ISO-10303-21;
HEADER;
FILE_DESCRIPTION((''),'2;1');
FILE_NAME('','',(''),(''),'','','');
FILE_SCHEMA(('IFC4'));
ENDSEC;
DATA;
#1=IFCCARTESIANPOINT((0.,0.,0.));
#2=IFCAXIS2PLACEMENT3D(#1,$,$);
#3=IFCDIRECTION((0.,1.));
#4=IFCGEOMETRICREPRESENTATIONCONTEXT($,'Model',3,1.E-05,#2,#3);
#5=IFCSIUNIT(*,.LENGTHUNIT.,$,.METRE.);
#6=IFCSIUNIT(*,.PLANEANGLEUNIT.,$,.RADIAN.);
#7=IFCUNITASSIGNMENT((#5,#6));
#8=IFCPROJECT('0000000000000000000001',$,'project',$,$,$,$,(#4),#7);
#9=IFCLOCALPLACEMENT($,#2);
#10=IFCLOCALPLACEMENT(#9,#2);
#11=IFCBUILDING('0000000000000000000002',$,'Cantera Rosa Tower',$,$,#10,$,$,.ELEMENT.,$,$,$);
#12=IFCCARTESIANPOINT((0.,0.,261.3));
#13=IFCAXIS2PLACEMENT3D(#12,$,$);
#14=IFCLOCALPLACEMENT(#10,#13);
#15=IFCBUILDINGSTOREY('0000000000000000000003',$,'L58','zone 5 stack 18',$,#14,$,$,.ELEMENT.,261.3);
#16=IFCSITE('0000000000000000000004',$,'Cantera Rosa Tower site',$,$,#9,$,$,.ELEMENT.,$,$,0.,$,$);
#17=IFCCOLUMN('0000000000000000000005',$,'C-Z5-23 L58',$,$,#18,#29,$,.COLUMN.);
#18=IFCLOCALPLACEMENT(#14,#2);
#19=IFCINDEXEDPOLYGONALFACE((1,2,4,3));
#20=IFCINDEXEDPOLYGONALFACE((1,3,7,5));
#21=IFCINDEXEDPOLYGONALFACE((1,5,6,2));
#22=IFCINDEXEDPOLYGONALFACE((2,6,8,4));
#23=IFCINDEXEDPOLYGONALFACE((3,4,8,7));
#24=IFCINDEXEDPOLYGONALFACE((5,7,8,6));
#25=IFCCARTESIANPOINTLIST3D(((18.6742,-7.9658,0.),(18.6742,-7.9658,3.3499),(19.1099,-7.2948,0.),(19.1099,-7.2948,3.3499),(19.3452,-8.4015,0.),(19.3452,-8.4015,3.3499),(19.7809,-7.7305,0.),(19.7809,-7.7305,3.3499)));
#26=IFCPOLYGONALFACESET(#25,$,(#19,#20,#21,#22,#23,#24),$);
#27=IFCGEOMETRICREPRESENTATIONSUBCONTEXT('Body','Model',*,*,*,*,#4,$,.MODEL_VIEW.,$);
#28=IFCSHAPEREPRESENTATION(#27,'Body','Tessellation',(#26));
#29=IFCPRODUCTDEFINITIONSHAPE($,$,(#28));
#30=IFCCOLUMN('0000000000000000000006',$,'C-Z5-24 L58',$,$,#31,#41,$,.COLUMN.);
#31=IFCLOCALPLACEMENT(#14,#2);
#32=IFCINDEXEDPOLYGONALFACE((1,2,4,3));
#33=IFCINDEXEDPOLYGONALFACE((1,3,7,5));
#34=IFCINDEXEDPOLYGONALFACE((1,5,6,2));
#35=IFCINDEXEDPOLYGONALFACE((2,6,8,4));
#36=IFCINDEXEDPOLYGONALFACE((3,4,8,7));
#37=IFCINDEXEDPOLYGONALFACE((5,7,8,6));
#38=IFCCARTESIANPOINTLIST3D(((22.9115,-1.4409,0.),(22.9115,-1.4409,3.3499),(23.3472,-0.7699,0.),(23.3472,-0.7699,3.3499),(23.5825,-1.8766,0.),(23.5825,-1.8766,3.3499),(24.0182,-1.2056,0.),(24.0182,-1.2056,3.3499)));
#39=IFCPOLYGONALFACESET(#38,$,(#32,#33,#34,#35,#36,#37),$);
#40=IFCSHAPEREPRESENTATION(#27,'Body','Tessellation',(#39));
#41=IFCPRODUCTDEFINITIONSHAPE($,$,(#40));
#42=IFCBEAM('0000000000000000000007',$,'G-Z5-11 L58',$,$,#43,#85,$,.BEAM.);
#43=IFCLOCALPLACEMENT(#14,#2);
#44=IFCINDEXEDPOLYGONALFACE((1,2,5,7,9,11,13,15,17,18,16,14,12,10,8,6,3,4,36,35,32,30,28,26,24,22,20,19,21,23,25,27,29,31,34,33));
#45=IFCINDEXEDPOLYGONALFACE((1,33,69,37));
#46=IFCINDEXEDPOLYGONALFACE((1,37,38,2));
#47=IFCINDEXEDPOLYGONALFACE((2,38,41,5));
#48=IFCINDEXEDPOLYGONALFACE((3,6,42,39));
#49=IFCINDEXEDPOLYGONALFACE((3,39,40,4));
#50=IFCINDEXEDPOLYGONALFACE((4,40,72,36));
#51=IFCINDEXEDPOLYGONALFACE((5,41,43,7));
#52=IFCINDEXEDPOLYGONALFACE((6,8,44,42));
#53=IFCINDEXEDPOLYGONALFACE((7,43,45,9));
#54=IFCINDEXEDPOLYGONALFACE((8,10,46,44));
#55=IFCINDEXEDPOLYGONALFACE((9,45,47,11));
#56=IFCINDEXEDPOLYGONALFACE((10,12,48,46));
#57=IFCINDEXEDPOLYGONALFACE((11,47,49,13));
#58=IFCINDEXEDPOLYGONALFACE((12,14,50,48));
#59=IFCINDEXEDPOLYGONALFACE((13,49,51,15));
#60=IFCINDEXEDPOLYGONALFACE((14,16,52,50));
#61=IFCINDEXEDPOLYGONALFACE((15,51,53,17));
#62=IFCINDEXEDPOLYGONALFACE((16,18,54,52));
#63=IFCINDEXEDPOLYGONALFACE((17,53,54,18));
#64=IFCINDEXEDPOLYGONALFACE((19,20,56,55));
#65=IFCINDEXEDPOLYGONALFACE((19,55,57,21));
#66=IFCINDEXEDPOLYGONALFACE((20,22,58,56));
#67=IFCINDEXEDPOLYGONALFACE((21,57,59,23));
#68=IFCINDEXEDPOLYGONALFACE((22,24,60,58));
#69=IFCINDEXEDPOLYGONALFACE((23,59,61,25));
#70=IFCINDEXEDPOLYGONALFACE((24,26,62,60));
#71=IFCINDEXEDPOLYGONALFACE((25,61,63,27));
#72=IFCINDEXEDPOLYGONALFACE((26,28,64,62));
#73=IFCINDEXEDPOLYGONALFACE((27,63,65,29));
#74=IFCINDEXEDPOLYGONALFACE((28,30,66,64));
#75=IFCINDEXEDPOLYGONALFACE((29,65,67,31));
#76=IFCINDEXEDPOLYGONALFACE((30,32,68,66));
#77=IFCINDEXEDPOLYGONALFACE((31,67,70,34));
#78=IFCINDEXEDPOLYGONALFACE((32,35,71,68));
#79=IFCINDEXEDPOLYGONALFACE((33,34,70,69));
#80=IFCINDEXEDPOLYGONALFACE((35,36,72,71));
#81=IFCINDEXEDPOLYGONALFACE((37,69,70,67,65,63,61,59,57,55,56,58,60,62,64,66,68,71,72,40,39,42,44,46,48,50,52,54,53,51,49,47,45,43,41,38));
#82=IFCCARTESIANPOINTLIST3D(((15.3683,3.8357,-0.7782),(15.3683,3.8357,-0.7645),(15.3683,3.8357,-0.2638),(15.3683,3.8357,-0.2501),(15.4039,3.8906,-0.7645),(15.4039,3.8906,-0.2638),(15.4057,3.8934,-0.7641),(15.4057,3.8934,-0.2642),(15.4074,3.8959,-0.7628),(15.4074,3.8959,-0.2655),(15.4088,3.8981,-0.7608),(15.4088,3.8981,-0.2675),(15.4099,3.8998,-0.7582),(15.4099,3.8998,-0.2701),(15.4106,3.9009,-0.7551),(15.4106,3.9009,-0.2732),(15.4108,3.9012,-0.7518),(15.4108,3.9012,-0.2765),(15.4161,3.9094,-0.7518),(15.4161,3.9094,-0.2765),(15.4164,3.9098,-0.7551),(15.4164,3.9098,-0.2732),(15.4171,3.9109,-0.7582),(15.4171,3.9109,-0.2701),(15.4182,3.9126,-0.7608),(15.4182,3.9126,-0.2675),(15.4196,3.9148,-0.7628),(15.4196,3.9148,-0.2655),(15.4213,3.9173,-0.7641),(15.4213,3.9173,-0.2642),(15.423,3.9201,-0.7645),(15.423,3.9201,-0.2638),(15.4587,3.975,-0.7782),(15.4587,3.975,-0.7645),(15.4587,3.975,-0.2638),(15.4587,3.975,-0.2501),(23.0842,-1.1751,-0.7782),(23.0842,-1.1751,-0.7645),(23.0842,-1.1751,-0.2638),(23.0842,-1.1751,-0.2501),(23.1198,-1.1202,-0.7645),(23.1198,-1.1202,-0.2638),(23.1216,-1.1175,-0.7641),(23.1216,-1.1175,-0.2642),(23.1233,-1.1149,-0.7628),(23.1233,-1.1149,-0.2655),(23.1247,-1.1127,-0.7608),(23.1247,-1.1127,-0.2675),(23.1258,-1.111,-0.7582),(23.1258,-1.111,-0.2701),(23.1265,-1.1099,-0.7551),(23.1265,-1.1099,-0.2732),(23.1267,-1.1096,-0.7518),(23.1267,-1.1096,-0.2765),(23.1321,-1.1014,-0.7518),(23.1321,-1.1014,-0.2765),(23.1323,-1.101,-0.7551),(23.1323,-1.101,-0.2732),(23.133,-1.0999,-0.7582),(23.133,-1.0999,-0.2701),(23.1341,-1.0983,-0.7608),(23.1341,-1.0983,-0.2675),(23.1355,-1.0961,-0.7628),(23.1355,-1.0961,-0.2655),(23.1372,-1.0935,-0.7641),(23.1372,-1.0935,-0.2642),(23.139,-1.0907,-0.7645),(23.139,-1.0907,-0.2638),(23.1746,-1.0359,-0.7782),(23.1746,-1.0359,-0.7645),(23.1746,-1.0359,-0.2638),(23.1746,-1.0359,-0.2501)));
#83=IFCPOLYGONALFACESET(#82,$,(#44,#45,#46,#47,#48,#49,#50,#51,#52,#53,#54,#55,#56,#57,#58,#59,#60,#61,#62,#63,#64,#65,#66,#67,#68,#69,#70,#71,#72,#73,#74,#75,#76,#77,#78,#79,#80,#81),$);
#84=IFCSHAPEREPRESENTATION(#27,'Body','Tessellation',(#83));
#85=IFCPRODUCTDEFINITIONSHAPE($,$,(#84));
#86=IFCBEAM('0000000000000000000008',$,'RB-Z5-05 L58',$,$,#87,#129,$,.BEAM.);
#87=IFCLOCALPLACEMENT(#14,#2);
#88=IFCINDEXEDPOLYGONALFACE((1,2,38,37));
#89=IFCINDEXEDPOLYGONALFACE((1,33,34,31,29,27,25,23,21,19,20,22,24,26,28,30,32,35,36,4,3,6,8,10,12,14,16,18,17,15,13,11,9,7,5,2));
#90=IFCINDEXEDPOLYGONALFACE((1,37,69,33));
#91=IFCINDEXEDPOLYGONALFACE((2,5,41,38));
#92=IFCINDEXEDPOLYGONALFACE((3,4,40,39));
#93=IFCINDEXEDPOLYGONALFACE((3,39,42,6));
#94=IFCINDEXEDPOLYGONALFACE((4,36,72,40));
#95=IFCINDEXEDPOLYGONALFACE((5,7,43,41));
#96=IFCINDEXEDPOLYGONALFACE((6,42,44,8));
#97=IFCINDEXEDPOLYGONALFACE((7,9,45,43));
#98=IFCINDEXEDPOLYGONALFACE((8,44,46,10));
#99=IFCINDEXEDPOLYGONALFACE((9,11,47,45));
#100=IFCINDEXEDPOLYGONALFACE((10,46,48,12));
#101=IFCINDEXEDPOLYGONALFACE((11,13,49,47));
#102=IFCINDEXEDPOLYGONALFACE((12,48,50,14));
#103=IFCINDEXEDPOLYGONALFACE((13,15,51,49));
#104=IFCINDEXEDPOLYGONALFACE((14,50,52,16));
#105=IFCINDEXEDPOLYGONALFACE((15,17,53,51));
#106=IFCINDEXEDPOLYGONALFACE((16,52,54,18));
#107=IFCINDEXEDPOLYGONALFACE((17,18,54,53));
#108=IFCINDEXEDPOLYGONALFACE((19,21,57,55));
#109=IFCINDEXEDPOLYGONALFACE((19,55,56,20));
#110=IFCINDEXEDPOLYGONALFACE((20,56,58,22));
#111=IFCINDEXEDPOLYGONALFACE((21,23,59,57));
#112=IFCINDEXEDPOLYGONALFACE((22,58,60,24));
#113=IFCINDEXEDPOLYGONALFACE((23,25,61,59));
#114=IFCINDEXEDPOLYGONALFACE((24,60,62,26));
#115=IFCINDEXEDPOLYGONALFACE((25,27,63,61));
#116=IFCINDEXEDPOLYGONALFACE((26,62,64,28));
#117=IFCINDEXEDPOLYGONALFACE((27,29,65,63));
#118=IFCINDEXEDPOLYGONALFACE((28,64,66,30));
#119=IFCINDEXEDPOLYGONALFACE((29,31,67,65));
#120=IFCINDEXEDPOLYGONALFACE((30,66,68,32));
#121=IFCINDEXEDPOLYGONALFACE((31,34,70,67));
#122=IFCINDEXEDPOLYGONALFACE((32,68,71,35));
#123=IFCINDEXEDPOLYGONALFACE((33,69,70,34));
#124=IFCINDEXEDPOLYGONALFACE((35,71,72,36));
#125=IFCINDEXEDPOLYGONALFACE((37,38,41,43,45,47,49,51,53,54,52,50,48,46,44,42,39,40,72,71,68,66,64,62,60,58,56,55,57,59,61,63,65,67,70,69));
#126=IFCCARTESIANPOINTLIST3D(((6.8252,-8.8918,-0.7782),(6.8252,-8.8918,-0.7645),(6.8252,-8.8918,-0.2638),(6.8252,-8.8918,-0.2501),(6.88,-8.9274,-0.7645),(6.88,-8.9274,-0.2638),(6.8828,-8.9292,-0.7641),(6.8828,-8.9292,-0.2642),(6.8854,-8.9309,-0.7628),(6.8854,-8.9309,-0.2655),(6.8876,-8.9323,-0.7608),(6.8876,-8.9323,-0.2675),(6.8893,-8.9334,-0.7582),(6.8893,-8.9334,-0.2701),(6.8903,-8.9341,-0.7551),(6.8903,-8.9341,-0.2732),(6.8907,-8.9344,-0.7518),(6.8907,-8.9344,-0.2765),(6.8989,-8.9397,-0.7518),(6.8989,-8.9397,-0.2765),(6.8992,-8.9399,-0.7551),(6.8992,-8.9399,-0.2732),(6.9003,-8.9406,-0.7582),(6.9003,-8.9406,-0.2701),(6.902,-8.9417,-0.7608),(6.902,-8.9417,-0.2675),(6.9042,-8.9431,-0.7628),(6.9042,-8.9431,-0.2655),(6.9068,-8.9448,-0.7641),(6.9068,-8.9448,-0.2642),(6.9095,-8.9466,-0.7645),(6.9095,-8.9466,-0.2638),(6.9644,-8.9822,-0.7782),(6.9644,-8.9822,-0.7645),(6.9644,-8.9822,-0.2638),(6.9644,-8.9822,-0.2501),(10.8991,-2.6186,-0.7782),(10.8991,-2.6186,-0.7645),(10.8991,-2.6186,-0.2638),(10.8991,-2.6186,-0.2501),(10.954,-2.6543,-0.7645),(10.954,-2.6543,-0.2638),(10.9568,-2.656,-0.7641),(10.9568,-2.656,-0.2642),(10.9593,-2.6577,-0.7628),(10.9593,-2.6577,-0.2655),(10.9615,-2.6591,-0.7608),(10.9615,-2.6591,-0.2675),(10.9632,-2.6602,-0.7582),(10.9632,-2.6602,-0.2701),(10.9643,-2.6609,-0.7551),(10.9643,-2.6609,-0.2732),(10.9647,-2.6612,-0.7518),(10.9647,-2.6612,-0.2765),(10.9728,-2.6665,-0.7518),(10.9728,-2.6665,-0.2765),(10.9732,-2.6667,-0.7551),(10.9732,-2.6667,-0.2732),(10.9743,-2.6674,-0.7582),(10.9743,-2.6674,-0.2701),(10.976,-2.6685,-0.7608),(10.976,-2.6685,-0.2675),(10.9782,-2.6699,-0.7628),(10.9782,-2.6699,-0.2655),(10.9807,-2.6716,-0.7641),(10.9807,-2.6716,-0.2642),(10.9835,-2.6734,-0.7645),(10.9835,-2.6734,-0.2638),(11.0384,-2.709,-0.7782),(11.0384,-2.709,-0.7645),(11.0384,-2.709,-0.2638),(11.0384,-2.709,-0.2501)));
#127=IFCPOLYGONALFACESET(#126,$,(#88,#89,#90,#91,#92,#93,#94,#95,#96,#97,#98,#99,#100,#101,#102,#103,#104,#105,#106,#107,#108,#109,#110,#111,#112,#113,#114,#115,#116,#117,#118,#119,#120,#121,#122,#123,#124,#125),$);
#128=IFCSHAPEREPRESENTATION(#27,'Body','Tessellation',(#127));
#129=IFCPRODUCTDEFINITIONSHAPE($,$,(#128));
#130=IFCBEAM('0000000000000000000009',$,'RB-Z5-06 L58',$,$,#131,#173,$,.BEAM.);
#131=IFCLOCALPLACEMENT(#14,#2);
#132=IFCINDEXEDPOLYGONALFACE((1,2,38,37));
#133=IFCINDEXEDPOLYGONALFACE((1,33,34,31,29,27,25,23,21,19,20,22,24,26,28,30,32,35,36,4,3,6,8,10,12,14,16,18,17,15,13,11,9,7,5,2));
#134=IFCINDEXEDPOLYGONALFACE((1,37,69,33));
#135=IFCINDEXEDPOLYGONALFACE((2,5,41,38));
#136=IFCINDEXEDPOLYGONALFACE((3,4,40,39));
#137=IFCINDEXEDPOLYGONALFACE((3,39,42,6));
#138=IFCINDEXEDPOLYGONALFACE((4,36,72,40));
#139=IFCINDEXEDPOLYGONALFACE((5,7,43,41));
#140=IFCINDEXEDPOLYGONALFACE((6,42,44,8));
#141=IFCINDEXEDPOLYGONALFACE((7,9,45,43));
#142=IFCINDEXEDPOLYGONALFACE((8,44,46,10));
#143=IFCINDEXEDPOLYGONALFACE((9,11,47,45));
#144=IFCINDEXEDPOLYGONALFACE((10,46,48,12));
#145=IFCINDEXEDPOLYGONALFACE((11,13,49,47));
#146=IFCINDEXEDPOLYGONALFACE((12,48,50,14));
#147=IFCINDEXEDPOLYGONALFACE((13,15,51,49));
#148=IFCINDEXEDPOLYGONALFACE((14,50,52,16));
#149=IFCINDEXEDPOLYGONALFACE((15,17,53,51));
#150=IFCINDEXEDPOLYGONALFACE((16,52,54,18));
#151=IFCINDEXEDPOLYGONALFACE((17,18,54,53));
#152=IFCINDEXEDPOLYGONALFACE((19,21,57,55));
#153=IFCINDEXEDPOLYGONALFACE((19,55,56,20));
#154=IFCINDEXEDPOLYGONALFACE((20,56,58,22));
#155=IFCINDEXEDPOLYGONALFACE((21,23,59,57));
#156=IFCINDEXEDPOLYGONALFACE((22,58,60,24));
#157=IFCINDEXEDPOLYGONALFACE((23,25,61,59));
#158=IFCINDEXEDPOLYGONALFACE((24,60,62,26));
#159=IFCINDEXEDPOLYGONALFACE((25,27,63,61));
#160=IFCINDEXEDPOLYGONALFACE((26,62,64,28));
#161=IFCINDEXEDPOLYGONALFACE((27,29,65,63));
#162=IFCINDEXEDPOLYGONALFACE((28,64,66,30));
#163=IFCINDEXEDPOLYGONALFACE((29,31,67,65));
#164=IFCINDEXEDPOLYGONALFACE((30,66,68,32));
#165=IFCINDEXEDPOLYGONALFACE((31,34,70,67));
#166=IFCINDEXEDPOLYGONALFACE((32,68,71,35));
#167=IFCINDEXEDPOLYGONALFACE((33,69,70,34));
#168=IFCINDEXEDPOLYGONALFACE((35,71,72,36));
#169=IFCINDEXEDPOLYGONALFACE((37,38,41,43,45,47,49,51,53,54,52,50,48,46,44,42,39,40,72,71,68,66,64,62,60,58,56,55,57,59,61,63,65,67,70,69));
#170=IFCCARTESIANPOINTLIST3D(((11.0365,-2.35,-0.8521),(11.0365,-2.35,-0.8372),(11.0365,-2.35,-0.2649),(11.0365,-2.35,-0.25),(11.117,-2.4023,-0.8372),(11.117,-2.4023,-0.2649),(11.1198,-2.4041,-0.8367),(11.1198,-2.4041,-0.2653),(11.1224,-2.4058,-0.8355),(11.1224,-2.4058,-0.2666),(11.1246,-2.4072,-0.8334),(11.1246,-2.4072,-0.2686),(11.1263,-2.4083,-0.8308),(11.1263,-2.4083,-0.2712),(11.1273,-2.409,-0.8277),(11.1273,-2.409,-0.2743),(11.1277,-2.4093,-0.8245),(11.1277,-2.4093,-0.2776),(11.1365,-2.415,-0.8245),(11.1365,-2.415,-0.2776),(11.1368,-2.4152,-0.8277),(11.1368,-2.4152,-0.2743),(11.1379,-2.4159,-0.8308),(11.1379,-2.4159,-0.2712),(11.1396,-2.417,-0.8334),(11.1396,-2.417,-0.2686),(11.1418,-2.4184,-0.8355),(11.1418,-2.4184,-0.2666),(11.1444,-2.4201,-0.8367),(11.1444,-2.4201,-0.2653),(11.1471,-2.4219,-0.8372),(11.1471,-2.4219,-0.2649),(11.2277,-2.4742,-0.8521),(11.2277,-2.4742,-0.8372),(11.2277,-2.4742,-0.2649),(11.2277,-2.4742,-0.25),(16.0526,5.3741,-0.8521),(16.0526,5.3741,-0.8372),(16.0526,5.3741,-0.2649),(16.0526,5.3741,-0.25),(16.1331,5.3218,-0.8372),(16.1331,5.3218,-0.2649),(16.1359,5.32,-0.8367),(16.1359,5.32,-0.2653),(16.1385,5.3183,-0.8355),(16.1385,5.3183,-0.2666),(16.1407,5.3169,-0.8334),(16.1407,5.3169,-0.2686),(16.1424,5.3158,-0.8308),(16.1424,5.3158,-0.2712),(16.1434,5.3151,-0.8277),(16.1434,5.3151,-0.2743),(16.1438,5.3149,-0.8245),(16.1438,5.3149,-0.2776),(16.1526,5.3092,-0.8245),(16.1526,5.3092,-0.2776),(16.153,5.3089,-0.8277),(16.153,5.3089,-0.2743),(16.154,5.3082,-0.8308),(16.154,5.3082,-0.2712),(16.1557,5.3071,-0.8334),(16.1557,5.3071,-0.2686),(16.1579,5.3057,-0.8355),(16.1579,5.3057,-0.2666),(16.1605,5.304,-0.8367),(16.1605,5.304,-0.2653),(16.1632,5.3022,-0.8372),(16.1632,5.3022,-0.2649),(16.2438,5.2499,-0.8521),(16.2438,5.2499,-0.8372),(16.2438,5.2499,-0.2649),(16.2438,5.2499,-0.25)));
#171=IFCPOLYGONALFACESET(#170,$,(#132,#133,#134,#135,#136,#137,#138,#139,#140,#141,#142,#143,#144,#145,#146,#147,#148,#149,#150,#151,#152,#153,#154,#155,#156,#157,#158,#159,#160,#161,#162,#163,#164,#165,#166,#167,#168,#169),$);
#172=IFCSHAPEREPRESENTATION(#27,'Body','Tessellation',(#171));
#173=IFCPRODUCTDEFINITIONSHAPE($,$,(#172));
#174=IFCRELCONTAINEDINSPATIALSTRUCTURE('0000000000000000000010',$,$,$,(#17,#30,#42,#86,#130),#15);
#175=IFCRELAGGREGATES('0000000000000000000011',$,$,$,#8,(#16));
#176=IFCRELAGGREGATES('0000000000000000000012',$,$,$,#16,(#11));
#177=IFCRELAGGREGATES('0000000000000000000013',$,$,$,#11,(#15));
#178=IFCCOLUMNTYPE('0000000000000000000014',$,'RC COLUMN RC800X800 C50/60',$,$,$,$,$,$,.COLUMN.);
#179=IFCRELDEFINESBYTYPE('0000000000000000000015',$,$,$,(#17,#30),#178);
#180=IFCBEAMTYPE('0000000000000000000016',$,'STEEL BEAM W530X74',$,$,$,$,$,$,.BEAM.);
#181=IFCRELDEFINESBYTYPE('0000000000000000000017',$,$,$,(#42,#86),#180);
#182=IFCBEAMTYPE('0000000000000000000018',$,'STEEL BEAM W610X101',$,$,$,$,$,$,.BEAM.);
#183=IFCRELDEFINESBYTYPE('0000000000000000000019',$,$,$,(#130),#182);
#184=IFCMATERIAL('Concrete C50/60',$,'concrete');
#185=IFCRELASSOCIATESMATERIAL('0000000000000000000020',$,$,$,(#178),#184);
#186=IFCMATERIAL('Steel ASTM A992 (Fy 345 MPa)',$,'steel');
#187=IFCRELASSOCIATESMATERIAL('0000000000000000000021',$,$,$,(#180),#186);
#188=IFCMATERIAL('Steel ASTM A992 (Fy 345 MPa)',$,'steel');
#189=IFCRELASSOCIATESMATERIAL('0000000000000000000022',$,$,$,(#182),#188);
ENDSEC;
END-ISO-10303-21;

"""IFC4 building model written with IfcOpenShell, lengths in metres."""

from ifc_helpers import new_model, si_unit, direction, frame, origin, origin_2d, place, context, subcontext, project, spatial, rectangle, i_section, extrude, material, material_profile, profile_set, type_object, element, save


model = new_model("IFC4")

# Units and contexts
model_context = context("Model", 3, precision=1e-05, world=origin(), true_north=direction((0.0, 1.0)))
body_context = subcontext(model_context, "Body", "Model", "MODEL_VIEW")
ifc_project = project(units=[si_unit("LENGTHUNIT", "METRE"), si_unit("PLANEANGLEUNIT", "RADIAN")], contexts=[model_context])

# Site, building, storey
site_placement = place(None, origin())
site = spatial("IfcSite", under=ifc_project, at=site_placement, Name="Cantera Rosa Tower site", CompositionType="ELEMENT", RefElevation=0.0)
building_placement = place(site_placement, origin())
building = spatial("IfcBuilding", under=site, at=building_placement, Name="Cantera Rosa Tower", CompositionType="ELEMENT")
storey_placement = place(building_placement, frame((0.0, 0.0, 261.3)))
storey = spatial("IfcBuildingStorey", under=building, at=storey_placement, Name="L58", Description="zone 5 stack 18", CompositionType="ELEMENT", Elevation=261.3)

# Columns
ifc_material_1 = material(Name="Concrete C50/60", Category="concrete")
ifc_material_profile_1 = material_profile(ifc_material_1, rectangle(XDim=0.8, YDim=0.8, at=origin_2d()), Name="RC COLUMN RC800X800 C50/60")
ifc_profile_set_1 = profile_set([ifc_material_profile_1], Name="Concrete C50/60")
column_type = type_object("IfcColumnType", Name="RC COLUMN RC800X800 C50/60", PredefinedType="COLUMN", material=ifc_profile_set_1)
for number, where, z_axis, x_axis, name in (
    (1, (19.2275, -7.8481, 0.0), (0.0, 0.0, 1.0), (0.544639, 0.838671, 0.0), "C-Z5-23 L58"),
    (2, (23.4648, -1.3232, 0.0), (0.0, 0.0, 1.0), (0.544639, 0.838671, 0.0), "C-Z5-24 L58"),
):
    element("IfcColumn", number, at=place(storey_placement, frame(where, z_axis=z_axis, x_axis=x_axis)), inside=storey, type_object=column_type, Name=name, PredefinedType="COLUMN", context=body_context, shape_type="SweptSolid", body=[
        extrude(rectangle(XDim=0.8, YDim=0.8, at=origin_2d()), origin(), (0.0, 0.0, 1.0), 3.3499),
    ])

# Beams
ifc_material_2 = material(Name="Steel ASTM A992 (Fy 345 MPa)", Category="steel")
ifc_material_profile_2 = material_profile(ifc_material_2, i_section(OverallWidth=0.166, OverallDepth=0.5281, WebThickness=0.0098, FlangeThickness=0.0137, FilletRadius=0.0127, at=origin_2d()), Name="W530X74")
ifc_profile_set_2 = profile_set([ifc_material_profile_2], Name="Steel ASTM A992 (Fy 345 MPa)")
beam_type_1 = type_object("IfcBeamType", Name="STEEL BEAM W530X74", PredefinedType="BEAM", material=ifc_profile_set_2)
beam_1_placement = place(storey_placement, frame((23.1294, -1.1055, -0.5142), z_axis=(-0.838669, 0.544641, 0.0), x_axis=(-0.544641, -0.838669, 0.0)))
element("IfcBeam", 3, at=beam_1_placement, inside=storey, type_object=beam_type_1, Name="G-Z5-11 L58", PredefinedType="BEAM", context=body_context, shape_type="SweptSolid", body=[
    extrude(i_section(OverallWidth=0.166, OverallDepth=0.5281, WebThickness=0.0098, FlangeThickness=0.0137, FilletRadius=0.0127, at=origin_2d()), origin(), (0.0, 0.0, 1.0), 9.2002),
])
beam_2_placement = place(storey_placement, frame((6.8948, -8.937, -0.5142), z_axis=(0.54465, 0.838664, 0.0), x_axis=(-0.838664, 0.54465, 0.0)))
element("IfcBeam", 4, at=beam_2_placement, inside=storey, type_object=beam_type_1, Name="RB-Z5-05 L58", PredefinedType="BEAM", context=body_context, shape_type="SweptSolid", body=[
    extrude(i_section(OverallWidth=0.166, OverallDepth=0.5281, WebThickness=0.0098, FlangeThickness=0.0137, FilletRadius=0.0127, at=origin_2d()), origin(), (0.0, 0.0, 1.0), 7.48),
])
ifc_material_3 = material(Name="Steel ASTM A992 (Fy 345 MPa)", Category="steel")
ifc_material_profile_3 = material_profile(ifc_material_3, i_section(OverallWidth=0.228, OverallDepth=0.6021, WebThickness=0.0105, FlangeThickness=0.0149, FilletRadius=0.0127, at=origin_2d()), Name="W610X101")
ifc_profile_set_3 = profile_set([ifc_material_profile_3], Name="Steel ASTM A992 (Fy 345 MPa)")
beam_type_2 = type_object("IfcBeamType", Name="STEEL BEAM W610X101", PredefinedType="BEAM", material=ifc_profile_set_3)
beam_3_placement = place(storey_placement, frame((11.1321, -2.4121, -0.551), z_axis=(0.54464, 0.83867, 0.0), x_axis=(-0.83867, 0.54464, 0.0)))
element("IfcBeam", 5, at=beam_3_placement, inside=storey, type_object=beam_type_2, Name="RB-Z5-06 L58", PredefinedType="BEAM", context=body_context, shape_type="SweptSolid", body=[
    extrude(i_section(OverallWidth=0.228, OverallDepth=0.6021, WebThickness=0.0105, FlangeThickness=0.0149, FilletRadius=0.0127, at=origin_2d()), origin(), (0.0, 0.0, 1.0), 9.21),
])

save(model, "model.ifc")
